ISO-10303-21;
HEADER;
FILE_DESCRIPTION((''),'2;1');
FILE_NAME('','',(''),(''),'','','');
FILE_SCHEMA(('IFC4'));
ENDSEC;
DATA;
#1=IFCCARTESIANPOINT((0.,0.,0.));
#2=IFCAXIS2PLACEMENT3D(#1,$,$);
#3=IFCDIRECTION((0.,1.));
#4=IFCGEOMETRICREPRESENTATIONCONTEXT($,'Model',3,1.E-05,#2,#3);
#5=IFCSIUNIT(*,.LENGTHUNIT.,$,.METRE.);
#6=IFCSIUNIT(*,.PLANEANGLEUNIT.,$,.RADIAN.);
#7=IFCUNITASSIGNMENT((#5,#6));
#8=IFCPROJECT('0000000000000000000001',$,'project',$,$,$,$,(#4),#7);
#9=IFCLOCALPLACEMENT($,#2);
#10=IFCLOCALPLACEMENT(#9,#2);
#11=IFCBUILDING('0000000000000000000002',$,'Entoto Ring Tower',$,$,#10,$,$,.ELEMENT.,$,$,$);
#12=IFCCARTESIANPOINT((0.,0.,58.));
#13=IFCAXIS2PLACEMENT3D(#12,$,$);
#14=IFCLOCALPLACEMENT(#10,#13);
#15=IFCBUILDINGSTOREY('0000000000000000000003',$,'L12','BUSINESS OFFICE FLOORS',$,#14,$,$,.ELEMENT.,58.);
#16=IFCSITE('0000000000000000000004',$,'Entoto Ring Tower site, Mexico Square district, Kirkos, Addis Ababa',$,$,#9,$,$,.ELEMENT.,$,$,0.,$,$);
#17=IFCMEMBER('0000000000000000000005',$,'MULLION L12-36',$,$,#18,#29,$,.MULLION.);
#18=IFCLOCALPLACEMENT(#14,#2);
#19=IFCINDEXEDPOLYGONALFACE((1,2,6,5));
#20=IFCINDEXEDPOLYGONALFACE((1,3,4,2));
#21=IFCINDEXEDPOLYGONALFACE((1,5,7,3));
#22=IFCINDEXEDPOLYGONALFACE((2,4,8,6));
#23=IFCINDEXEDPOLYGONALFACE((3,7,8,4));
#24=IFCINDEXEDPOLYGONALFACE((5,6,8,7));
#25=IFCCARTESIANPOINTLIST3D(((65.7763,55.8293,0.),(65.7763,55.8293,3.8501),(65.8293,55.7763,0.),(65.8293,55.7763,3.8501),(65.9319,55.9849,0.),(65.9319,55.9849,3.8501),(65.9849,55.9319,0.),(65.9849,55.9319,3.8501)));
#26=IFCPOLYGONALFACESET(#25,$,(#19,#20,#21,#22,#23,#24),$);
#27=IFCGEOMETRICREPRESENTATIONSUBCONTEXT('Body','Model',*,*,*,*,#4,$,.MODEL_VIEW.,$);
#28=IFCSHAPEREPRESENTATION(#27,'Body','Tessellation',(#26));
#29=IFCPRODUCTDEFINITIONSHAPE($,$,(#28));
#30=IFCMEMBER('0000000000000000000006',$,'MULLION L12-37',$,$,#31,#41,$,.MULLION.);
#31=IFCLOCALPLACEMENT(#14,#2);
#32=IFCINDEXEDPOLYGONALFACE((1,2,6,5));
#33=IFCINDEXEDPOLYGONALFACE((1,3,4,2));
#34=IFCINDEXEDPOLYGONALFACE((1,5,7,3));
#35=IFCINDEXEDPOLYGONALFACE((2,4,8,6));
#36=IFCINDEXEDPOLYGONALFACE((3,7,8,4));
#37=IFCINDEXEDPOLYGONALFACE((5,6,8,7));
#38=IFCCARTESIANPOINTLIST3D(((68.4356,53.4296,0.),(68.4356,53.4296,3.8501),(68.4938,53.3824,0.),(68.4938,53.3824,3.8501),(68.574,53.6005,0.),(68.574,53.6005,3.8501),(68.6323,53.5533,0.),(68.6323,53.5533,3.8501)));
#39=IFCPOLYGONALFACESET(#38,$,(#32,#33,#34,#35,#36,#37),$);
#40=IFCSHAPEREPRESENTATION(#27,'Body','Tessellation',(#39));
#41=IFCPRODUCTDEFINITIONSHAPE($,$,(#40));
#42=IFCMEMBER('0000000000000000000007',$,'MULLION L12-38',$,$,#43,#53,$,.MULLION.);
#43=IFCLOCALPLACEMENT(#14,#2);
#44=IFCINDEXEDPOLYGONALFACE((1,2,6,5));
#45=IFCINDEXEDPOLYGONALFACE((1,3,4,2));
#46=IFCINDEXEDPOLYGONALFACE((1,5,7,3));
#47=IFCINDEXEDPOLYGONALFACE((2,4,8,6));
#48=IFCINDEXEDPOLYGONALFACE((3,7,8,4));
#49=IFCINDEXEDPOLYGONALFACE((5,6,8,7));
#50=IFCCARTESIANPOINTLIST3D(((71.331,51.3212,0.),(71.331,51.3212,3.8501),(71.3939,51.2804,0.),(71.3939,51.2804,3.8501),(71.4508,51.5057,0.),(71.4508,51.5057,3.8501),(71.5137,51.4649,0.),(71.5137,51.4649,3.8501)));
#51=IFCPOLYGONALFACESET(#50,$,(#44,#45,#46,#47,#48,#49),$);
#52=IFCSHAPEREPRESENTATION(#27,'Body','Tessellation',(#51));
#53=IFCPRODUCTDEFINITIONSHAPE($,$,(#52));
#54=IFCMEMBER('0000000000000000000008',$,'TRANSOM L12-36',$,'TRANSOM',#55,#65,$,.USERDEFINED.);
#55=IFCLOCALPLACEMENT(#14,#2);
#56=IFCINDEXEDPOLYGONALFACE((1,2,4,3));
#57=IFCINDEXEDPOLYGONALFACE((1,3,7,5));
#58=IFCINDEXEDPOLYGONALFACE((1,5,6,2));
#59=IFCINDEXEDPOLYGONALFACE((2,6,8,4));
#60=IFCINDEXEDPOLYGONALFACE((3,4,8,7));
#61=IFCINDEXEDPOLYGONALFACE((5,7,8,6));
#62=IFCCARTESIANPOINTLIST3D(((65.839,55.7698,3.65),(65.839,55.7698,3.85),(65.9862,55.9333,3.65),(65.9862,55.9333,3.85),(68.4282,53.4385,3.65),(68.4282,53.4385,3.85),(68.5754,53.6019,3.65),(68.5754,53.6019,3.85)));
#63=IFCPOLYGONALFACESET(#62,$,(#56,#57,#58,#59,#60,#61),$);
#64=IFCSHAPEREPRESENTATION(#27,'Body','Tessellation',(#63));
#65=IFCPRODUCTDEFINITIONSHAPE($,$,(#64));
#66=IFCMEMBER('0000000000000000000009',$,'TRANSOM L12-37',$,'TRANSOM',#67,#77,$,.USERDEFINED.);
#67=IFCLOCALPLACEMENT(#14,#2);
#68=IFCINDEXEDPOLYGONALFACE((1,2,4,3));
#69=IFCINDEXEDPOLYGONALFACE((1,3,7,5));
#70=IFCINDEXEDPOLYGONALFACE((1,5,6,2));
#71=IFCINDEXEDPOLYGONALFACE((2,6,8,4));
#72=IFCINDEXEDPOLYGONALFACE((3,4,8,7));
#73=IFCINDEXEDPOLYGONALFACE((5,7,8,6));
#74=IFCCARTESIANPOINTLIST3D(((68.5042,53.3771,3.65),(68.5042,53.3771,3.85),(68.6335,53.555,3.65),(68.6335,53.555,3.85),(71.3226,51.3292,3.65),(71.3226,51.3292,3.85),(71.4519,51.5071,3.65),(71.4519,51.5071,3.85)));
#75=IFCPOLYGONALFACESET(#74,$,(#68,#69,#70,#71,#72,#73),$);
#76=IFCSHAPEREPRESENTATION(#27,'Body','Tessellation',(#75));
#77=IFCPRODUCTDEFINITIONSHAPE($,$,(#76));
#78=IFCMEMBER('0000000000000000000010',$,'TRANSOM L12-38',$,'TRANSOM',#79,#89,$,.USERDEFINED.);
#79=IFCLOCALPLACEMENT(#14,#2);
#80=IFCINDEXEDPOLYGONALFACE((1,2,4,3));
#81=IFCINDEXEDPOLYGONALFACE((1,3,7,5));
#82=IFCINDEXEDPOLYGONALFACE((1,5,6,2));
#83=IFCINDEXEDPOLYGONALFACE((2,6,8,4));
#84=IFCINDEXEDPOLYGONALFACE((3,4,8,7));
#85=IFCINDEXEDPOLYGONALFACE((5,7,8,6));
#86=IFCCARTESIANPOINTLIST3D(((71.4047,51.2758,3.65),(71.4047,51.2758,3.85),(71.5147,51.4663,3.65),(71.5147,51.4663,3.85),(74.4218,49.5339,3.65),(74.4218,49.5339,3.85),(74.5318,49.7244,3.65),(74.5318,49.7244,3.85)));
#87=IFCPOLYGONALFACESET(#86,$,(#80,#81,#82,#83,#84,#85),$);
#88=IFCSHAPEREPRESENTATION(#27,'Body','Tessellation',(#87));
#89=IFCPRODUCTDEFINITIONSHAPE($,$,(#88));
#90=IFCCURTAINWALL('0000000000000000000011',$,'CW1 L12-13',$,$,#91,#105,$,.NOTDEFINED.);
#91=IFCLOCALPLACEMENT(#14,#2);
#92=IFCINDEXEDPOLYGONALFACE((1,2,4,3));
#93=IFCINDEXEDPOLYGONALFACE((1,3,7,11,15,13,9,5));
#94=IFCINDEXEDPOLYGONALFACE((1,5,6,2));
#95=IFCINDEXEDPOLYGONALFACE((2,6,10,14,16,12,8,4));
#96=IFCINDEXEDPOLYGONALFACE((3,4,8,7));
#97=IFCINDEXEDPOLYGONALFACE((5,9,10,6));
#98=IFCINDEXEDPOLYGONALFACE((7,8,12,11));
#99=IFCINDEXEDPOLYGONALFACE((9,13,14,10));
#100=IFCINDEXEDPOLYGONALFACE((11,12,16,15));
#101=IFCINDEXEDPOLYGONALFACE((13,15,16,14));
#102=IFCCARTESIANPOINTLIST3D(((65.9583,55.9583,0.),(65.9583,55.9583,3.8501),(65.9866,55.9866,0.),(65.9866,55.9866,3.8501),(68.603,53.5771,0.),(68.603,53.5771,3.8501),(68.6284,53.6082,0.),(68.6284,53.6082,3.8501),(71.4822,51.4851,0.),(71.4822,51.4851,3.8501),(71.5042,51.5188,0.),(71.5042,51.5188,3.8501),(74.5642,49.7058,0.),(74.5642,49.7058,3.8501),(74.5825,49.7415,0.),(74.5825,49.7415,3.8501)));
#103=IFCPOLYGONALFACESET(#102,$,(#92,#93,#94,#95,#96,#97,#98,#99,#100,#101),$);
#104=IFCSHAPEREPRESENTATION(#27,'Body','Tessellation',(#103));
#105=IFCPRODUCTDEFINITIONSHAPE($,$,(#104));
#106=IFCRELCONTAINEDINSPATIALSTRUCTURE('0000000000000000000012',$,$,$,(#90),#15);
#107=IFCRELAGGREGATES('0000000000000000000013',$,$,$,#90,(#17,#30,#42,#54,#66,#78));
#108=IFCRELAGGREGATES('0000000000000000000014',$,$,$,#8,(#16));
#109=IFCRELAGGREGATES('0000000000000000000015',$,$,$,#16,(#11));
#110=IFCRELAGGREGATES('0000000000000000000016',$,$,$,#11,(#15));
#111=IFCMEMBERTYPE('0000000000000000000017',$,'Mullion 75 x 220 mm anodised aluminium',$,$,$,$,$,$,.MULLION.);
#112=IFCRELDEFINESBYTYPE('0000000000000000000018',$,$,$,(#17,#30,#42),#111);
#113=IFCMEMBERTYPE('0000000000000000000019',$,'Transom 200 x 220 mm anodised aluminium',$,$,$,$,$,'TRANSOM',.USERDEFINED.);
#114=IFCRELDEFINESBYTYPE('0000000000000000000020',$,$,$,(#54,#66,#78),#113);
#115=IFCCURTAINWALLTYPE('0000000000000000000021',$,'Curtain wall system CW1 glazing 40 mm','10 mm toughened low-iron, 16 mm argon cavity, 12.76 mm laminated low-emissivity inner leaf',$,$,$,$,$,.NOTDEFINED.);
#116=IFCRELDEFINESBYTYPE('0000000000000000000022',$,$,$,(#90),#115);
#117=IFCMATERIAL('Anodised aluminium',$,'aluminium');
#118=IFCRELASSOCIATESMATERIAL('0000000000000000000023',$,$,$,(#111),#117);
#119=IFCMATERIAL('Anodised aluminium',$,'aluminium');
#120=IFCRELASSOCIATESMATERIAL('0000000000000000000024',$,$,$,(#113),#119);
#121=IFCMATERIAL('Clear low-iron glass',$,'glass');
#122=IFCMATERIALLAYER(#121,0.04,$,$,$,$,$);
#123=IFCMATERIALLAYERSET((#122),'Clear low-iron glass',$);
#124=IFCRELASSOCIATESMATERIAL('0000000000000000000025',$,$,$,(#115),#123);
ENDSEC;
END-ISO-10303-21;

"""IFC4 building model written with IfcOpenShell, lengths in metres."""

from ifc_helpers import new_model, si_unit, direction, frame, origin, origin_2d, place, context, subcontext, project, spatial, polyline, rectangle, outline, extrude, material, layer, layer_set, material_profile, profile_set, type_object, element, aggregate, save


model = new_model("IFC4")

# Units and contexts
model_context = context("Model", 3, precision=1e-05, world=origin(), true_north=direction((0.0, 1.0)))
body_context = subcontext(model_context, "Body", "Model", "MODEL_VIEW")
ifc_project = project(units=[si_unit("LENGTHUNIT", "METRE"), si_unit("PLANEANGLEUNIT", "RADIAN")], contexts=[model_context])

# Members
ifc_material_1 = material(Name="Anodised aluminium", Category="aluminium")
ifc_material_profile_1 = material_profile(ifc_material_1, rectangle(XDim=0.075, YDim=0.22, at=origin_2d()), Name="Mullion 75 x 220 mm anodised aluminium")
ifc_profile_set_1 = profile_set([ifc_material_profile_1], Name="Anodised aluminium")
member_type_1 = type_object("IfcMemberType", Name="Mullion 75 x 220 mm anodised aluminium", PredefinedType="MULLION", material=ifc_profile_set_1)
site_placement = place(None, origin())
building_placement = place(site_placement, origin())
storey_placement = place(building_placement, frame((0.0, 0.0, 58.0)))
member_1_placement = place(storey_placement, frame((65.8806, 55.8806, 0.0), z_axis=(0.0, 0.0, 1.0), x_axis=(0.707107, -0.707107, 0.0)))
member_1 = element("IfcMember", 1, at=member_1_placement, type_object=member_type_1, Name="MULLION L12-36", PredefinedType="MULLION", context=body_context, shape_type="SweptSolid", body=[
    extrude(rectangle(XDim=0.075, YDim=0.22, at=origin_2d()), origin(), (0.0, 0.0, 1.0), 3.8501),
])
member_2_placement = place(storey_placement, frame((68.5339, 53.4915, 0.0), z_axis=(0.0, 0.0, 1.0), x_axis=(0.777146, -0.62932, 0.0)))
member_2 = element("IfcMember", 2, at=member_2_placement, type_object=member_type_1, Name="MULLION L12-37", PredefinedType="MULLION", context=body_context, shape_type="SweptSolid", body=[
    extrude(rectangle(XDim=0.075, YDim=0.22, at=origin_2d()), origin(), (0.0, 0.0, 1.0), 3.8501),
])
member_3_placement = place(storey_placement, frame((71.4224, 51.3931, 0.0), z_axis=(0.0, 0.0, 1.0), x_axis=(0.838671, -0.544639, 0.0)))
member_3 = element("IfcMember", 3, at=member_3_placement, type_object=member_type_1, Name="MULLION L12-38", PredefinedType="MULLION", context=body_context, shape_type="SweptSolid", body=[
    extrude(rectangle(XDim=0.075, YDim=0.22, at=origin_2d()), origin(), (0.0, 0.0, 1.0), 3.8501),
])
ifc_material_2 = material(Name="Anodised aluminium", Category="aluminium")
ifc_material_profile_2 = material_profile(ifc_material_2, rectangle(XDim=0.22, YDim=0.2, at=origin_2d()), Name="Transom 200 x 220 mm anodised aluminium")
ifc_profile_set_2 = profile_set([ifc_material_profile_2], Name="Anodised aluminium")
member_type_2 = type_object("IfcMemberType", Name="Transom 200 x 220 mm anodised aluminium", ElementType="TRANSOM", PredefinedType="USERDEFINED", material=ifc_profile_set_2)
member_4_placement = place(storey_placement, frame((65.9126, 55.8516, 3.75), z_axis=(0.743137, -0.669139, 0.0), x_axis=(0.669139, 0.743137, 0.0)))
member_4 = element("IfcMember", 4, at=member_4_placement, type_object=member_type_2, Name="TRANSOM L12-36", ObjectType="TRANSOM", PredefinedType="USERDEFINED", context=body_context, shape_type="SweptSolid", body=[
    extrude(rectangle(XDim=0.22, YDim=0.2, at=origin_2d()), origin(), (0.0, 0.0, 1.0), 3.4841),
])
member_5_placement = place(storey_placement, frame((68.5688, 53.4661, 3.75), z_axis=(0.808991, -0.587822, 0.0), x_axis=(0.587822, 0.808991, 0.0)))
member_5 = element("IfcMember", 5, at=member_5_placement, type_object=member_type_2, Name="TRANSOM L12-37", ObjectType="TRANSOM", PredefinedType="USERDEFINED", context=body_context, shape_type="SweptSolid", body=[
    extrude(rectangle(XDim=0.22, YDim=0.2, at=origin_2d()), origin(), (0.0, 0.0, 1.0), 3.4839),
])
member_6_placement = place(storey_placement, frame((71.4597, 51.3711, 3.75), z_axis=(0.866022, -0.500006, 0.0), x_axis=(0.500006, 0.866022, 0.0)))
member_6 = element("IfcMember", 6, at=member_6_placement, type_object=member_type_2, Name="TRANSOM L12-38", ObjectType="TRANSOM", PredefinedType="USERDEFINED", context=body_context, shape_type="SweptSolid", body=[
    extrude(rectangle(XDim=0.22, YDim=0.2, at=origin_2d()), origin(), (0.0, 0.0, 1.0), 3.4839),
])

# Site, building, storey
site = spatial("IfcSite", under=ifc_project, at=site_placement, Name="Entoto Ring Tower site, Mexico Square district, Kirkos, Addis Ababa", CompositionType="ELEMENT", RefElevation=0.0)
building = spatial("IfcBuilding", under=site, at=building_placement, Name="Entoto Ring Tower", CompositionType="ELEMENT")
storey = spatial("IfcBuildingStorey", under=building, at=storey_placement, Name="L12", Description="BUSINESS OFFICE FLOORS", CompositionType="ELEMENT", Elevation=58.0)

# Curtain wall
ifc_material_3 = material(Name="Clear low-iron glass", Category="glass")
ifc_layer = layer(ifc_material_3, 0.04)
ifc_layer_set = layer_set([ifc_layer], Name="Clear low-iron glass")
curtain_wall_type = type_object("IfcCurtainWallType", Name="Curtain wall system CW1 glazing 40 mm", Description="10 mm toughened low-iron, 16 mm argon cavity, 12.76 mm laminated low-emissivity inner leaf", PredefinedType="NOTDEFINED", material=ifc_layer_set)
curtain_wall_1_placement = place(storey_placement, origin())
curtain_wall_1 = element("IfcCurtainWall", 7, at=curtain_wall_1_placement, inside=storey, type_object=curtain_wall_type, Name="CW1 L12-13", PredefinedType="NOTDEFINED", context=body_context, shape_type="SweptSolid", body=[
    extrude(outline(polyline([(65.9583, 55.9583), (68.603, 53.5771), (71.4822, 51.4851), (74.5642, 49.7058), (74.5825, 49.7415), (71.5042, 51.5188), (68.6284, 53.6082), (65.9866, 55.9866), (65.9583, 55.9583)])), origin(), (0.0, 0.0, 1.0), 3.8501),
])
aggregate(curtain_wall_1, [member_1, member_2, member_3, member_4, member_5, member_6])

save(model, "model.ifc")
